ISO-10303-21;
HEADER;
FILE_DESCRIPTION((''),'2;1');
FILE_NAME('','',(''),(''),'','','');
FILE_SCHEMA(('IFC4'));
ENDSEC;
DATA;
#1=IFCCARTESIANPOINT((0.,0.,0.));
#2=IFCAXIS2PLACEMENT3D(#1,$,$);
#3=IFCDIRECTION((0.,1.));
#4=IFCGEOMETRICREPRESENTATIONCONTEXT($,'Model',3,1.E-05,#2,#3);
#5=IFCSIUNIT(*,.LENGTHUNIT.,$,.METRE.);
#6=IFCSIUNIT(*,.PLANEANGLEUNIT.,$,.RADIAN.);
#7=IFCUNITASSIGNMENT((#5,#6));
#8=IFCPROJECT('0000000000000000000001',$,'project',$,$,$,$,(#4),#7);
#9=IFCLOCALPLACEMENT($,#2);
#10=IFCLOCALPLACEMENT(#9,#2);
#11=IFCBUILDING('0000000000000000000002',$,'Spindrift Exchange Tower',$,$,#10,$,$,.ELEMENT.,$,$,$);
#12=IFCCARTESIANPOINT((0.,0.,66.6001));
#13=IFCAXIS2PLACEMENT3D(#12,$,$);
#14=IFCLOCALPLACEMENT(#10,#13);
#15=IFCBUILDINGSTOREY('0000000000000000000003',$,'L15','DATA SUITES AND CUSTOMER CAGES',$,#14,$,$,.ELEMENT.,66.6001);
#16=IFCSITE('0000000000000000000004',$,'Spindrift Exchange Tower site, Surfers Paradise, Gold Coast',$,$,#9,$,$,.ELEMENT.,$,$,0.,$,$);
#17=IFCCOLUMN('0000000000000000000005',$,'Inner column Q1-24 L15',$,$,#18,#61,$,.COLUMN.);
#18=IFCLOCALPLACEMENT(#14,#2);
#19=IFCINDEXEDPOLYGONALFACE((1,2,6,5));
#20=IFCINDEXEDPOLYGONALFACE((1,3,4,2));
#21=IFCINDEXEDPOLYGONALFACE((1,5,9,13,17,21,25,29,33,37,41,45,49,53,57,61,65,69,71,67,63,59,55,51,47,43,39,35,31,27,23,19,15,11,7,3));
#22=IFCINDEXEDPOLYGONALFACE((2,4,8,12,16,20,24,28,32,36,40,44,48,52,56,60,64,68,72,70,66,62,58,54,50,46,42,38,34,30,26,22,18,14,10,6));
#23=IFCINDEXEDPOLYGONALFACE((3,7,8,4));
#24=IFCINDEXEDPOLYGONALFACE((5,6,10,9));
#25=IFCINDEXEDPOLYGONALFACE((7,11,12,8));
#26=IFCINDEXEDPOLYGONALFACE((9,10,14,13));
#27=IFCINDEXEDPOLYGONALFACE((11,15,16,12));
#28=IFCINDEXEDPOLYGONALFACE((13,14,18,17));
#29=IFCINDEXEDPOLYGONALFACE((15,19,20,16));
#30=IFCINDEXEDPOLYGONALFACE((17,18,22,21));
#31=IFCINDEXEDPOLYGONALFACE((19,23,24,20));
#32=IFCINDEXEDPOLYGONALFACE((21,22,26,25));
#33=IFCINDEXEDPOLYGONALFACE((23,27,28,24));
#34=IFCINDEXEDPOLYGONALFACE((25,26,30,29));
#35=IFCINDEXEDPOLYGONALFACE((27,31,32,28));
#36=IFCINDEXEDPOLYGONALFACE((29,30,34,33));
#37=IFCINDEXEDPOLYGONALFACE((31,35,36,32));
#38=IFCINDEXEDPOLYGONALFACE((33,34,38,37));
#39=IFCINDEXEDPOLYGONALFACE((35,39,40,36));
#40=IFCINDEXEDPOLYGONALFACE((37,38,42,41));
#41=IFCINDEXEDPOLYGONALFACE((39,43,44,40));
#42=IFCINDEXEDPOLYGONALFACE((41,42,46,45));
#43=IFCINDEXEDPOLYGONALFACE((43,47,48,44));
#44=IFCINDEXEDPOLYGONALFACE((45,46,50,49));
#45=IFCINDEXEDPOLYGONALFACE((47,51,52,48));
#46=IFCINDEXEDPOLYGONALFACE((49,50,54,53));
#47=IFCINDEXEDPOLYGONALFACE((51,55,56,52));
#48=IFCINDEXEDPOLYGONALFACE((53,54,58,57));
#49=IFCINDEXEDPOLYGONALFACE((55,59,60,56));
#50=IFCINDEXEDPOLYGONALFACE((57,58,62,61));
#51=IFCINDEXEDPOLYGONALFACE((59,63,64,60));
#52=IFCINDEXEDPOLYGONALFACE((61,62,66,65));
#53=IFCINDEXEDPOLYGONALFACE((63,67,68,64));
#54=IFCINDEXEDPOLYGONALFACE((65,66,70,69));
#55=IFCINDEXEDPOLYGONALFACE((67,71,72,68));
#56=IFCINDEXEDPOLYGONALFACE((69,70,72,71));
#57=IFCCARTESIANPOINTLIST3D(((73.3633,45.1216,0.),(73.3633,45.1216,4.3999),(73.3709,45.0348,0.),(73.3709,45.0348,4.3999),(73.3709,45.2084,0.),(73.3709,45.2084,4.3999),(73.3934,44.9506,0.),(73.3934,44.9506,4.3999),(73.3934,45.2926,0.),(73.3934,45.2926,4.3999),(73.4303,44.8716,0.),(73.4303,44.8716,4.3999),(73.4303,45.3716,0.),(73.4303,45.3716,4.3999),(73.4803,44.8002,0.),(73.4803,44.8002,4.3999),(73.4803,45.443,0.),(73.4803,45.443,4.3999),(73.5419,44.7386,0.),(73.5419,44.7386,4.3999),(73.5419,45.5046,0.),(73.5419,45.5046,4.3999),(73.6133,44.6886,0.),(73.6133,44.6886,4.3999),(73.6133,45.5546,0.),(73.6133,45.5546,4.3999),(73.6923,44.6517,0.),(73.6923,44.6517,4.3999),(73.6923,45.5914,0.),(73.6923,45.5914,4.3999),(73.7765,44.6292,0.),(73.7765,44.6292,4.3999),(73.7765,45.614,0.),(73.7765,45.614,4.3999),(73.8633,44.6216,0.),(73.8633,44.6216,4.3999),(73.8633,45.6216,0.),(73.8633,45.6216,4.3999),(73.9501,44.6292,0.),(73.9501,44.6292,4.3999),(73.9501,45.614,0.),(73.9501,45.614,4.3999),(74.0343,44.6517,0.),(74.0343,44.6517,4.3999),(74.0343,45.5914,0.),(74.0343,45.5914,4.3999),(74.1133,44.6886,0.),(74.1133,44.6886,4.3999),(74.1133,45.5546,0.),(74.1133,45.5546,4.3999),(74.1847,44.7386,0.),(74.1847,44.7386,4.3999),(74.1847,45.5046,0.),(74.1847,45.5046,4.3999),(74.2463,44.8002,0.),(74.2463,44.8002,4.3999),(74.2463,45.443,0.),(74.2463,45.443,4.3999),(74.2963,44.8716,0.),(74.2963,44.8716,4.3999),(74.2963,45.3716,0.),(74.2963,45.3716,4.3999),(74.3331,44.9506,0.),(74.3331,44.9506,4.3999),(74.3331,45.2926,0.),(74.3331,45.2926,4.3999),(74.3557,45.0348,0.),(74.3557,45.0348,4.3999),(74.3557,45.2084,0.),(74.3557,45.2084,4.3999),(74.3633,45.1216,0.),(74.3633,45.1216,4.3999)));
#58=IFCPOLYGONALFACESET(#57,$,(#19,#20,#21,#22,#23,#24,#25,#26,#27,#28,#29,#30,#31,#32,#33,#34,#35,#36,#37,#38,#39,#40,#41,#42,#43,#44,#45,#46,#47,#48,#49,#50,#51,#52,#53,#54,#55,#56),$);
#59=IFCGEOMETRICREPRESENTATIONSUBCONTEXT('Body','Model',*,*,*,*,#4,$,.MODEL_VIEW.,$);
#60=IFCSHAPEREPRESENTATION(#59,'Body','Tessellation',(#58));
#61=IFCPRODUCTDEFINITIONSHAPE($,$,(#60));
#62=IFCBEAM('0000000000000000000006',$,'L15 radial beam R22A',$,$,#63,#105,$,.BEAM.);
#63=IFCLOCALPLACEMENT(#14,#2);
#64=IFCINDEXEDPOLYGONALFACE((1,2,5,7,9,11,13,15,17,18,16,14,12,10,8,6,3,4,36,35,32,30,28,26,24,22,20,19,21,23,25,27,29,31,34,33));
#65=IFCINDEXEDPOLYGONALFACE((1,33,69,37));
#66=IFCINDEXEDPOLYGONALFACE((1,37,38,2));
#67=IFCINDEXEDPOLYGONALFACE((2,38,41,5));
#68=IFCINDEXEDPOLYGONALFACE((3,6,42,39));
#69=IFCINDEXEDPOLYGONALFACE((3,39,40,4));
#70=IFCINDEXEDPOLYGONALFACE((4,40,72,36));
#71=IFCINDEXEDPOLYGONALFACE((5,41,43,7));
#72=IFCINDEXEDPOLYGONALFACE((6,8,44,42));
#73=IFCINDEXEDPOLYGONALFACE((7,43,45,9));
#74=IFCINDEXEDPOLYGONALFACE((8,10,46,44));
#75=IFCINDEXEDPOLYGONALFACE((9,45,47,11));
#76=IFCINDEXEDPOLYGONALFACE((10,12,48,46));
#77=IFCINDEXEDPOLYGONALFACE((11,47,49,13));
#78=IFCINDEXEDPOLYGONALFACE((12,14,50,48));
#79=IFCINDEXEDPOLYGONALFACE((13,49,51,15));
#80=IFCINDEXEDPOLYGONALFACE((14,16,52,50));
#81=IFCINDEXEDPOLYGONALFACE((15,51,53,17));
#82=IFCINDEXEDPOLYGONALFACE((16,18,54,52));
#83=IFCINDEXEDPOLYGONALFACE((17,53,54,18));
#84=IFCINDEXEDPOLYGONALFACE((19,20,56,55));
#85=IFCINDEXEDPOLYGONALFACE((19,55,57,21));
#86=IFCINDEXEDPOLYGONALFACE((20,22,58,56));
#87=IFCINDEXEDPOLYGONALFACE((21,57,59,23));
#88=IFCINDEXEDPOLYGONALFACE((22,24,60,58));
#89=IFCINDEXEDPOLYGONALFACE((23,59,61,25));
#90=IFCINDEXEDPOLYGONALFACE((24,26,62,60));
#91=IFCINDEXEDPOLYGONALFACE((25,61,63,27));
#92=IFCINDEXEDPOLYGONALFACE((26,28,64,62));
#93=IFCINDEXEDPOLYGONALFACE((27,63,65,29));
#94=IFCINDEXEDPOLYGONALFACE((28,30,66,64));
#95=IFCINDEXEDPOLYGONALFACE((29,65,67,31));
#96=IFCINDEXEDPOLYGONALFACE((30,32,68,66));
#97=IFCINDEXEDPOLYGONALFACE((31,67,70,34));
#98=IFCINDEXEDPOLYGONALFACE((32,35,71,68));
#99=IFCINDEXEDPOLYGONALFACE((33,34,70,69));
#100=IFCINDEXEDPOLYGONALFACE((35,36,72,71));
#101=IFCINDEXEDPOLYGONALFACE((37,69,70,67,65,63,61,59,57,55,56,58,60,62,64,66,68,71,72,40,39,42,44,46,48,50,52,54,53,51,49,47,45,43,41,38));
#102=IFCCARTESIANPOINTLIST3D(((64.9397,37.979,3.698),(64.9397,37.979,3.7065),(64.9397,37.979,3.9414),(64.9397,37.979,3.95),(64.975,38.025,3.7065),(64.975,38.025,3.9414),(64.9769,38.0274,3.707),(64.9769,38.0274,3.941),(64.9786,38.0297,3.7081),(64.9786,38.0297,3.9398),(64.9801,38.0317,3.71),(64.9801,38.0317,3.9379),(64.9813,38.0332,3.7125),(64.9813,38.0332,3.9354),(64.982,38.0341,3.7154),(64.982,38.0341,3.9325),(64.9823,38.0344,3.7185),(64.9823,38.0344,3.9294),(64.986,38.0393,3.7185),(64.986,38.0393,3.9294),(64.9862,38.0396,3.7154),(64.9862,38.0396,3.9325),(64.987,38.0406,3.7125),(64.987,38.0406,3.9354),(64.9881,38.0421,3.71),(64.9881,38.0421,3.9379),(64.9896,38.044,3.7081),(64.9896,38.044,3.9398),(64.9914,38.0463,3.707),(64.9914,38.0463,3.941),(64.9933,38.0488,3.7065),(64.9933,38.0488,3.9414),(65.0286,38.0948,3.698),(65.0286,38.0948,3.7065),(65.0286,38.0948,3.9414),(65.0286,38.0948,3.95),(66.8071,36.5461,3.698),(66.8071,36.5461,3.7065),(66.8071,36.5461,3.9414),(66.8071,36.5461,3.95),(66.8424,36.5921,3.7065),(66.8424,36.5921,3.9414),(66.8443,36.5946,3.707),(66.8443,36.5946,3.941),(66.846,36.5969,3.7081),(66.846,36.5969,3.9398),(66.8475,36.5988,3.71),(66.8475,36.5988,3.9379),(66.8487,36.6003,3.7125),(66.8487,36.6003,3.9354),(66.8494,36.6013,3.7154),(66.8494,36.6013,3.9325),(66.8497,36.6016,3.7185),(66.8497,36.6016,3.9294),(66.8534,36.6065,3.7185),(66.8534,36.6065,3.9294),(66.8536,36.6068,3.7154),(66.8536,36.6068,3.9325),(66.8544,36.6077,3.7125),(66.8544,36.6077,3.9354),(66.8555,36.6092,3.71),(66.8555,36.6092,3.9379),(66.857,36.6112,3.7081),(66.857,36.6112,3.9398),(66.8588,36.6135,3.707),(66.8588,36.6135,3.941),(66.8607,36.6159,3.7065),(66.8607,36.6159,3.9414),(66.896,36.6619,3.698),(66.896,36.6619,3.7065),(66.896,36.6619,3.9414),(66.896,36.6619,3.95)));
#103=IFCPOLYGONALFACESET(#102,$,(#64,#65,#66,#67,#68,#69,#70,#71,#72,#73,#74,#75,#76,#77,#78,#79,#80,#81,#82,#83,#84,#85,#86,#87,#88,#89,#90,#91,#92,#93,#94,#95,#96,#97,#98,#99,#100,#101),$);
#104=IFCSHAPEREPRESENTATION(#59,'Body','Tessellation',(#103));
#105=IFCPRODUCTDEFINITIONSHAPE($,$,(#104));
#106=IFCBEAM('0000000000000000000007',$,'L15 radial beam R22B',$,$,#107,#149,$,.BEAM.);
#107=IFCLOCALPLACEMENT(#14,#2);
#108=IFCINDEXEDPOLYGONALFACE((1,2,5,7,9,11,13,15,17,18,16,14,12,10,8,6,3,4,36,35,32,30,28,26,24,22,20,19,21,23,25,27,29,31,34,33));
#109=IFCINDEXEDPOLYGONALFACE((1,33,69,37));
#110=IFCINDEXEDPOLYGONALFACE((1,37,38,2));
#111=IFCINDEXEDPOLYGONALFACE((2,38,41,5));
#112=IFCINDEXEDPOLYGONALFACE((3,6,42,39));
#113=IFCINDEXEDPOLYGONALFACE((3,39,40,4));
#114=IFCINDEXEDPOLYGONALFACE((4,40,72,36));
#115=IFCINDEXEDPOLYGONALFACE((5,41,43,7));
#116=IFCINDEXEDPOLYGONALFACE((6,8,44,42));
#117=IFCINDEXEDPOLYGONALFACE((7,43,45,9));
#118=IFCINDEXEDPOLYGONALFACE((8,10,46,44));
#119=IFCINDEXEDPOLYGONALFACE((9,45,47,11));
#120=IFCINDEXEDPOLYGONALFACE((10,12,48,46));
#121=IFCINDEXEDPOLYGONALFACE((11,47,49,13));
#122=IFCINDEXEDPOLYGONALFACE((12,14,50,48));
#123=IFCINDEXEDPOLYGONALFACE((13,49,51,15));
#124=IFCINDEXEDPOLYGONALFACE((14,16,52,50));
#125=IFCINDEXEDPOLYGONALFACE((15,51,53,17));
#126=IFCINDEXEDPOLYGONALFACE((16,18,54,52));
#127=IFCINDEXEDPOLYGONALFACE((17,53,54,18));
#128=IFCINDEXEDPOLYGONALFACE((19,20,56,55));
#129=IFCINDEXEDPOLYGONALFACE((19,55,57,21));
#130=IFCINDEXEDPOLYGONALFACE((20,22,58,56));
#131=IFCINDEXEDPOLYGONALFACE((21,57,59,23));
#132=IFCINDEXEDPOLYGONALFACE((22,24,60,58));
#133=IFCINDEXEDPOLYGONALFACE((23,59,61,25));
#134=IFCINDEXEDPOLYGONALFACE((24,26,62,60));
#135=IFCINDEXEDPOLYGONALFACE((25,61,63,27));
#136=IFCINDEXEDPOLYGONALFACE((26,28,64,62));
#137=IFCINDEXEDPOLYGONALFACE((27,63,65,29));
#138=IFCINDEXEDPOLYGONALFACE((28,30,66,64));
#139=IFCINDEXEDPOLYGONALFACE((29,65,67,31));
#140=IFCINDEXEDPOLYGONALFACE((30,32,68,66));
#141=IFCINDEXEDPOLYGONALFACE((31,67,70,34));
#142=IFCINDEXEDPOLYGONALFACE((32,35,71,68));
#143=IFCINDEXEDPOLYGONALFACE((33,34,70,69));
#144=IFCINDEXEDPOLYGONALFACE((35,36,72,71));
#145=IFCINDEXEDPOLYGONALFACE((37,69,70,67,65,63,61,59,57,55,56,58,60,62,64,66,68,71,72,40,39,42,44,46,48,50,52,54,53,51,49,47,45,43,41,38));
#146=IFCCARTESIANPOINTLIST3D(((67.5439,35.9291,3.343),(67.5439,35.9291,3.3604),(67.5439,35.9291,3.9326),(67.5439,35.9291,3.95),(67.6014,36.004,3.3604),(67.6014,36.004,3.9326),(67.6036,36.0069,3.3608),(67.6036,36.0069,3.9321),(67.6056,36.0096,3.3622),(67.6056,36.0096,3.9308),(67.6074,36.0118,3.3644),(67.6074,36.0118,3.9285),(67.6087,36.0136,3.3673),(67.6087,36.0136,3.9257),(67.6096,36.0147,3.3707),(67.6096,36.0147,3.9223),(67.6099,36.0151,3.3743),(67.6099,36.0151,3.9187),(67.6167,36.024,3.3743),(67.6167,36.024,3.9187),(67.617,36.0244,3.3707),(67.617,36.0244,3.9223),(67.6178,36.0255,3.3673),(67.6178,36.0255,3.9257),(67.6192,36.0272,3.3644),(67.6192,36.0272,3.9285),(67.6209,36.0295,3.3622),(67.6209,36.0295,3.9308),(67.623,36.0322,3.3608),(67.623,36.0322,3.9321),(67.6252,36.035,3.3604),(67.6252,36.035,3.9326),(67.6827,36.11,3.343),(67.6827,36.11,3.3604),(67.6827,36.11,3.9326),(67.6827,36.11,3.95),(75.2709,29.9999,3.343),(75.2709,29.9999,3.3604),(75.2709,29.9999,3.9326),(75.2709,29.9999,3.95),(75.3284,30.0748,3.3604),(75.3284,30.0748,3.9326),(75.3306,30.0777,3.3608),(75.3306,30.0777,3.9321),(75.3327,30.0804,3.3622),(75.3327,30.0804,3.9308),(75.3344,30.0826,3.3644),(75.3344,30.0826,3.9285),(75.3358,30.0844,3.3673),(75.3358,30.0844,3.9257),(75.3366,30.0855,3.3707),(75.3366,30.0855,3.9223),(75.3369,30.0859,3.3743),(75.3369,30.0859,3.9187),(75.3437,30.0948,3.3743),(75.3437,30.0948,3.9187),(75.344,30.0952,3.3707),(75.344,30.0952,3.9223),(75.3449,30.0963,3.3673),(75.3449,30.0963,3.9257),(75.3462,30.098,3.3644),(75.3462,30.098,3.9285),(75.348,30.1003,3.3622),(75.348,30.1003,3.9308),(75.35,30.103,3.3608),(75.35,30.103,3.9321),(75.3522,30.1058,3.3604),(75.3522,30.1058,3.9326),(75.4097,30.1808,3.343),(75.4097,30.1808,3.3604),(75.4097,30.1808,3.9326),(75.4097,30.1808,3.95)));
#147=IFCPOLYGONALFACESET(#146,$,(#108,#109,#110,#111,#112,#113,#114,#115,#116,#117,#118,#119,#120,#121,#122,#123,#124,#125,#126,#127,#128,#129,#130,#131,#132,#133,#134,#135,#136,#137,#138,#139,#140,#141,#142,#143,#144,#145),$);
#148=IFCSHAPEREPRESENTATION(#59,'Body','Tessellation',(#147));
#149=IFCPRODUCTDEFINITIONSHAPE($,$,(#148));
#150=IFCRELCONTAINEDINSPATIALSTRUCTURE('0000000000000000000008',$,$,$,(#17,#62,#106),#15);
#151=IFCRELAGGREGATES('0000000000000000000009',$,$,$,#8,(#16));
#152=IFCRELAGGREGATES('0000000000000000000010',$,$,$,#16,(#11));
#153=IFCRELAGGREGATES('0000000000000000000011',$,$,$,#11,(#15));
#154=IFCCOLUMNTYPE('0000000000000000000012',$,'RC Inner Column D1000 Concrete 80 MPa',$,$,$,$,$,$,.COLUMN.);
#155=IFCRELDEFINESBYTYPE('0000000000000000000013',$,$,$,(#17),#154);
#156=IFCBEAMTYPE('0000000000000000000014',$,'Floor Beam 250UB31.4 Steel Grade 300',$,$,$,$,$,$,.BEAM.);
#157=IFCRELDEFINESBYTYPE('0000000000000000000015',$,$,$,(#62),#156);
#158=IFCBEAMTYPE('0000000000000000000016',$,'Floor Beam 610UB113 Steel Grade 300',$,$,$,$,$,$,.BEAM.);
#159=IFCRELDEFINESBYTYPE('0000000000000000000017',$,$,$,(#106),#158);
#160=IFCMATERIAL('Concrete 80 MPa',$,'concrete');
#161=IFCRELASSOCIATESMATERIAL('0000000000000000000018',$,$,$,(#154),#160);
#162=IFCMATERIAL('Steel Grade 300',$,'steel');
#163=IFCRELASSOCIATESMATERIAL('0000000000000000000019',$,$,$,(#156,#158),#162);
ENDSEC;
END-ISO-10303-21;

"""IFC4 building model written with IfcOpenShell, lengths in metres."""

from ifc_helpers import new_model, si_unit, direction, frame, origin, origin_2d, place, context, subcontext, project, spatial, circle, i_section, extrude, source, transform, mapped, material, material_profile, profile_set, type_object, element, save


model = new_model("IFC4")

# Units and contexts
model_context = context("Model", 3, precision=1e-05, world=origin(), true_north=direction((0.0, 1.0)))
body_context = subcontext(model_context, "Body", "Model", "MODEL_VIEW")
ifc_project = project(units=[si_unit("LENGTHUNIT", "METRE"), si_unit("PLANEANGLEUNIT", "RADIAN")], contexts=[model_context])

# Site, building, storey
site_placement = place(None, origin())
site = spatial("IfcSite", under=ifc_project, at=site_placement, Name="Spindrift Exchange Tower site, Surfers Paradise, Gold Coast", CompositionType="ELEMENT", RefElevation=0.0)
building_placement = place(site_placement, origin())
building = spatial("IfcBuilding", under=site, at=building_placement, Name="Spindrift Exchange Tower", CompositionType="ELEMENT")
storey_placement = place(building_placement, frame((0.0, 0.0, 66.6001)))
storey = spatial("IfcBuildingStorey", under=building, at=storey_placement, Name="L15", Description="DATA SUITES AND CUSTOMER CAGES", CompositionType="ELEMENT", Elevation=66.6001)

# Column
ifc_material_1 = material(Name="Concrete 80 MPa", Category="concrete")
ifc_material_profile_1 = material_profile(ifc_material_1, circle(Radius=0.5, at=origin_2d()), Name="RC D1000")
ifc_profile_set_1 = profile_set([ifc_material_profile_1], Name="Concrete 80 MPa")
column_type_1 = type_object("IfcColumnType", Name="RC Inner Column D1000 Concrete 80 MPa", PredefinedType="COLUMN", material=ifc_profile_set_1)
shared_shape_1 = source(origin(), body_context, "Body", "SweptSolid", [
    extrude(circle(Radius=0.5, at=origin_2d()), origin(), (0.0, 0.0, 1.0), 4.3999),
])
for number, where, z_axis, x_axis, name in (
    (1, (73.8633, 45.1216, 0.0), (0.0, 0.0, 1.0), (1.0, 0.0, 0.0), "Inner column Q1-24 L15"),
):
    element("IfcColumn", number, at=place(storey_placement, frame(where, z_axis=z_axis, x_axis=x_axis)), inside=storey, type_object=column_type_1, Name=name, PredefinedType="COLUMN", context=body_context, shape_type="MappedRepresentation", body=[
        mapped(shared_shape_1, transform((0.0, 0.0, 0.0), scale=1.0)),
    ])

# Beams
ifc_material_2 = material(Name="Steel Grade 300", Category="steel")
ifc_material_profile_2 = material_profile(ifc_material_2, i_section(OverallWidth=0.146, OverallDepth=0.252, WebThickness=0.0061, FlangeThickness=0.0085, FilletRadius=0.012, at=origin_2d()), Name="250UB31.4")
ifc_profile_set_2 = profile_set([ifc_material_profile_2], Name="Steel Grade 300")
beam_type_1 = type_object("IfcBeamType", Name="Floor Beam 250UB31.4 Steel Grade 300", PredefinedType="BEAM", material=ifc_profile_set_2)
shared_shape_2 = source(origin(), body_context, "Body", "SweptSolid", [
    extrude(i_section(OverallWidth=0.146, OverallDepth=0.252, WebThickness=0.0061, FlangeThickness=0.0085, FilletRadius=0.012, at=origin_2d()), origin(), (0.0, 0.0, 1.0), 2.3538),
])
beam_1_placement = place(storey_placement, frame((64.9841, 38.0369, 3.824), z_axis=(0.793368, -0.608743, 0.0), x_axis=(0.608743, 0.793368, 0.0)))
element("IfcBeam", 2, at=beam_1_placement, inside=storey, type_object=beam_type_1, Name="L15 radial beam R22A", PredefinedType="BEAM", context=body_context, shape_type="MappedRepresentation", body=[
    mapped(shared_shape_2, transform((0.0, 0.0, 0.0), scale=1.0)),
])
ifc_material_profile_3 = material_profile(ifc_material_2, i_section(OverallWidth=0.228, OverallDepth=0.6069, WebThickness=0.0112, FlangeThickness=0.0173, FilletRadius=0.0139, at=origin_2d()), Name="610UB113")
ifc_profile_set_3 = profile_set([ifc_material_profile_3], Name="Steel Grade 300")
beam_type_2 = type_object("IfcBeamType", Name="Floor Beam 610UB113 Steel Grade 300", PredefinedType="BEAM", material=ifc_profile_set_3)
shared_shape_3 = source(origin(), body_context, "Body", "SweptSolid", [
    extrude(i_section(OverallWidth=0.228, OverallDepth=0.6069, WebThickness=0.0112, FlangeThickness=0.0173, FilletRadius=0.0139, at=origin_2d()), origin(), (0.0, 0.0, 1.0), 9.7397),
])
beam_2_placement = place(storey_placement, frame((67.6133, 36.0195, 3.6465), z_axis=(0.793352, -0.608763, 0.0), x_axis=(0.608763, 0.793352, 0.0)))
element("IfcBeam", 3, at=beam_2_placement, inside=storey, type_object=beam_type_2, Name="L15 radial beam R22B", PredefinedType="BEAM", context=body_context, shape_type="MappedRepresentation", body=[
    mapped(shared_shape_3, transform((0.0, 0.0, 0.0), scale=1.0)),
])

save(model, "model.ifc")
